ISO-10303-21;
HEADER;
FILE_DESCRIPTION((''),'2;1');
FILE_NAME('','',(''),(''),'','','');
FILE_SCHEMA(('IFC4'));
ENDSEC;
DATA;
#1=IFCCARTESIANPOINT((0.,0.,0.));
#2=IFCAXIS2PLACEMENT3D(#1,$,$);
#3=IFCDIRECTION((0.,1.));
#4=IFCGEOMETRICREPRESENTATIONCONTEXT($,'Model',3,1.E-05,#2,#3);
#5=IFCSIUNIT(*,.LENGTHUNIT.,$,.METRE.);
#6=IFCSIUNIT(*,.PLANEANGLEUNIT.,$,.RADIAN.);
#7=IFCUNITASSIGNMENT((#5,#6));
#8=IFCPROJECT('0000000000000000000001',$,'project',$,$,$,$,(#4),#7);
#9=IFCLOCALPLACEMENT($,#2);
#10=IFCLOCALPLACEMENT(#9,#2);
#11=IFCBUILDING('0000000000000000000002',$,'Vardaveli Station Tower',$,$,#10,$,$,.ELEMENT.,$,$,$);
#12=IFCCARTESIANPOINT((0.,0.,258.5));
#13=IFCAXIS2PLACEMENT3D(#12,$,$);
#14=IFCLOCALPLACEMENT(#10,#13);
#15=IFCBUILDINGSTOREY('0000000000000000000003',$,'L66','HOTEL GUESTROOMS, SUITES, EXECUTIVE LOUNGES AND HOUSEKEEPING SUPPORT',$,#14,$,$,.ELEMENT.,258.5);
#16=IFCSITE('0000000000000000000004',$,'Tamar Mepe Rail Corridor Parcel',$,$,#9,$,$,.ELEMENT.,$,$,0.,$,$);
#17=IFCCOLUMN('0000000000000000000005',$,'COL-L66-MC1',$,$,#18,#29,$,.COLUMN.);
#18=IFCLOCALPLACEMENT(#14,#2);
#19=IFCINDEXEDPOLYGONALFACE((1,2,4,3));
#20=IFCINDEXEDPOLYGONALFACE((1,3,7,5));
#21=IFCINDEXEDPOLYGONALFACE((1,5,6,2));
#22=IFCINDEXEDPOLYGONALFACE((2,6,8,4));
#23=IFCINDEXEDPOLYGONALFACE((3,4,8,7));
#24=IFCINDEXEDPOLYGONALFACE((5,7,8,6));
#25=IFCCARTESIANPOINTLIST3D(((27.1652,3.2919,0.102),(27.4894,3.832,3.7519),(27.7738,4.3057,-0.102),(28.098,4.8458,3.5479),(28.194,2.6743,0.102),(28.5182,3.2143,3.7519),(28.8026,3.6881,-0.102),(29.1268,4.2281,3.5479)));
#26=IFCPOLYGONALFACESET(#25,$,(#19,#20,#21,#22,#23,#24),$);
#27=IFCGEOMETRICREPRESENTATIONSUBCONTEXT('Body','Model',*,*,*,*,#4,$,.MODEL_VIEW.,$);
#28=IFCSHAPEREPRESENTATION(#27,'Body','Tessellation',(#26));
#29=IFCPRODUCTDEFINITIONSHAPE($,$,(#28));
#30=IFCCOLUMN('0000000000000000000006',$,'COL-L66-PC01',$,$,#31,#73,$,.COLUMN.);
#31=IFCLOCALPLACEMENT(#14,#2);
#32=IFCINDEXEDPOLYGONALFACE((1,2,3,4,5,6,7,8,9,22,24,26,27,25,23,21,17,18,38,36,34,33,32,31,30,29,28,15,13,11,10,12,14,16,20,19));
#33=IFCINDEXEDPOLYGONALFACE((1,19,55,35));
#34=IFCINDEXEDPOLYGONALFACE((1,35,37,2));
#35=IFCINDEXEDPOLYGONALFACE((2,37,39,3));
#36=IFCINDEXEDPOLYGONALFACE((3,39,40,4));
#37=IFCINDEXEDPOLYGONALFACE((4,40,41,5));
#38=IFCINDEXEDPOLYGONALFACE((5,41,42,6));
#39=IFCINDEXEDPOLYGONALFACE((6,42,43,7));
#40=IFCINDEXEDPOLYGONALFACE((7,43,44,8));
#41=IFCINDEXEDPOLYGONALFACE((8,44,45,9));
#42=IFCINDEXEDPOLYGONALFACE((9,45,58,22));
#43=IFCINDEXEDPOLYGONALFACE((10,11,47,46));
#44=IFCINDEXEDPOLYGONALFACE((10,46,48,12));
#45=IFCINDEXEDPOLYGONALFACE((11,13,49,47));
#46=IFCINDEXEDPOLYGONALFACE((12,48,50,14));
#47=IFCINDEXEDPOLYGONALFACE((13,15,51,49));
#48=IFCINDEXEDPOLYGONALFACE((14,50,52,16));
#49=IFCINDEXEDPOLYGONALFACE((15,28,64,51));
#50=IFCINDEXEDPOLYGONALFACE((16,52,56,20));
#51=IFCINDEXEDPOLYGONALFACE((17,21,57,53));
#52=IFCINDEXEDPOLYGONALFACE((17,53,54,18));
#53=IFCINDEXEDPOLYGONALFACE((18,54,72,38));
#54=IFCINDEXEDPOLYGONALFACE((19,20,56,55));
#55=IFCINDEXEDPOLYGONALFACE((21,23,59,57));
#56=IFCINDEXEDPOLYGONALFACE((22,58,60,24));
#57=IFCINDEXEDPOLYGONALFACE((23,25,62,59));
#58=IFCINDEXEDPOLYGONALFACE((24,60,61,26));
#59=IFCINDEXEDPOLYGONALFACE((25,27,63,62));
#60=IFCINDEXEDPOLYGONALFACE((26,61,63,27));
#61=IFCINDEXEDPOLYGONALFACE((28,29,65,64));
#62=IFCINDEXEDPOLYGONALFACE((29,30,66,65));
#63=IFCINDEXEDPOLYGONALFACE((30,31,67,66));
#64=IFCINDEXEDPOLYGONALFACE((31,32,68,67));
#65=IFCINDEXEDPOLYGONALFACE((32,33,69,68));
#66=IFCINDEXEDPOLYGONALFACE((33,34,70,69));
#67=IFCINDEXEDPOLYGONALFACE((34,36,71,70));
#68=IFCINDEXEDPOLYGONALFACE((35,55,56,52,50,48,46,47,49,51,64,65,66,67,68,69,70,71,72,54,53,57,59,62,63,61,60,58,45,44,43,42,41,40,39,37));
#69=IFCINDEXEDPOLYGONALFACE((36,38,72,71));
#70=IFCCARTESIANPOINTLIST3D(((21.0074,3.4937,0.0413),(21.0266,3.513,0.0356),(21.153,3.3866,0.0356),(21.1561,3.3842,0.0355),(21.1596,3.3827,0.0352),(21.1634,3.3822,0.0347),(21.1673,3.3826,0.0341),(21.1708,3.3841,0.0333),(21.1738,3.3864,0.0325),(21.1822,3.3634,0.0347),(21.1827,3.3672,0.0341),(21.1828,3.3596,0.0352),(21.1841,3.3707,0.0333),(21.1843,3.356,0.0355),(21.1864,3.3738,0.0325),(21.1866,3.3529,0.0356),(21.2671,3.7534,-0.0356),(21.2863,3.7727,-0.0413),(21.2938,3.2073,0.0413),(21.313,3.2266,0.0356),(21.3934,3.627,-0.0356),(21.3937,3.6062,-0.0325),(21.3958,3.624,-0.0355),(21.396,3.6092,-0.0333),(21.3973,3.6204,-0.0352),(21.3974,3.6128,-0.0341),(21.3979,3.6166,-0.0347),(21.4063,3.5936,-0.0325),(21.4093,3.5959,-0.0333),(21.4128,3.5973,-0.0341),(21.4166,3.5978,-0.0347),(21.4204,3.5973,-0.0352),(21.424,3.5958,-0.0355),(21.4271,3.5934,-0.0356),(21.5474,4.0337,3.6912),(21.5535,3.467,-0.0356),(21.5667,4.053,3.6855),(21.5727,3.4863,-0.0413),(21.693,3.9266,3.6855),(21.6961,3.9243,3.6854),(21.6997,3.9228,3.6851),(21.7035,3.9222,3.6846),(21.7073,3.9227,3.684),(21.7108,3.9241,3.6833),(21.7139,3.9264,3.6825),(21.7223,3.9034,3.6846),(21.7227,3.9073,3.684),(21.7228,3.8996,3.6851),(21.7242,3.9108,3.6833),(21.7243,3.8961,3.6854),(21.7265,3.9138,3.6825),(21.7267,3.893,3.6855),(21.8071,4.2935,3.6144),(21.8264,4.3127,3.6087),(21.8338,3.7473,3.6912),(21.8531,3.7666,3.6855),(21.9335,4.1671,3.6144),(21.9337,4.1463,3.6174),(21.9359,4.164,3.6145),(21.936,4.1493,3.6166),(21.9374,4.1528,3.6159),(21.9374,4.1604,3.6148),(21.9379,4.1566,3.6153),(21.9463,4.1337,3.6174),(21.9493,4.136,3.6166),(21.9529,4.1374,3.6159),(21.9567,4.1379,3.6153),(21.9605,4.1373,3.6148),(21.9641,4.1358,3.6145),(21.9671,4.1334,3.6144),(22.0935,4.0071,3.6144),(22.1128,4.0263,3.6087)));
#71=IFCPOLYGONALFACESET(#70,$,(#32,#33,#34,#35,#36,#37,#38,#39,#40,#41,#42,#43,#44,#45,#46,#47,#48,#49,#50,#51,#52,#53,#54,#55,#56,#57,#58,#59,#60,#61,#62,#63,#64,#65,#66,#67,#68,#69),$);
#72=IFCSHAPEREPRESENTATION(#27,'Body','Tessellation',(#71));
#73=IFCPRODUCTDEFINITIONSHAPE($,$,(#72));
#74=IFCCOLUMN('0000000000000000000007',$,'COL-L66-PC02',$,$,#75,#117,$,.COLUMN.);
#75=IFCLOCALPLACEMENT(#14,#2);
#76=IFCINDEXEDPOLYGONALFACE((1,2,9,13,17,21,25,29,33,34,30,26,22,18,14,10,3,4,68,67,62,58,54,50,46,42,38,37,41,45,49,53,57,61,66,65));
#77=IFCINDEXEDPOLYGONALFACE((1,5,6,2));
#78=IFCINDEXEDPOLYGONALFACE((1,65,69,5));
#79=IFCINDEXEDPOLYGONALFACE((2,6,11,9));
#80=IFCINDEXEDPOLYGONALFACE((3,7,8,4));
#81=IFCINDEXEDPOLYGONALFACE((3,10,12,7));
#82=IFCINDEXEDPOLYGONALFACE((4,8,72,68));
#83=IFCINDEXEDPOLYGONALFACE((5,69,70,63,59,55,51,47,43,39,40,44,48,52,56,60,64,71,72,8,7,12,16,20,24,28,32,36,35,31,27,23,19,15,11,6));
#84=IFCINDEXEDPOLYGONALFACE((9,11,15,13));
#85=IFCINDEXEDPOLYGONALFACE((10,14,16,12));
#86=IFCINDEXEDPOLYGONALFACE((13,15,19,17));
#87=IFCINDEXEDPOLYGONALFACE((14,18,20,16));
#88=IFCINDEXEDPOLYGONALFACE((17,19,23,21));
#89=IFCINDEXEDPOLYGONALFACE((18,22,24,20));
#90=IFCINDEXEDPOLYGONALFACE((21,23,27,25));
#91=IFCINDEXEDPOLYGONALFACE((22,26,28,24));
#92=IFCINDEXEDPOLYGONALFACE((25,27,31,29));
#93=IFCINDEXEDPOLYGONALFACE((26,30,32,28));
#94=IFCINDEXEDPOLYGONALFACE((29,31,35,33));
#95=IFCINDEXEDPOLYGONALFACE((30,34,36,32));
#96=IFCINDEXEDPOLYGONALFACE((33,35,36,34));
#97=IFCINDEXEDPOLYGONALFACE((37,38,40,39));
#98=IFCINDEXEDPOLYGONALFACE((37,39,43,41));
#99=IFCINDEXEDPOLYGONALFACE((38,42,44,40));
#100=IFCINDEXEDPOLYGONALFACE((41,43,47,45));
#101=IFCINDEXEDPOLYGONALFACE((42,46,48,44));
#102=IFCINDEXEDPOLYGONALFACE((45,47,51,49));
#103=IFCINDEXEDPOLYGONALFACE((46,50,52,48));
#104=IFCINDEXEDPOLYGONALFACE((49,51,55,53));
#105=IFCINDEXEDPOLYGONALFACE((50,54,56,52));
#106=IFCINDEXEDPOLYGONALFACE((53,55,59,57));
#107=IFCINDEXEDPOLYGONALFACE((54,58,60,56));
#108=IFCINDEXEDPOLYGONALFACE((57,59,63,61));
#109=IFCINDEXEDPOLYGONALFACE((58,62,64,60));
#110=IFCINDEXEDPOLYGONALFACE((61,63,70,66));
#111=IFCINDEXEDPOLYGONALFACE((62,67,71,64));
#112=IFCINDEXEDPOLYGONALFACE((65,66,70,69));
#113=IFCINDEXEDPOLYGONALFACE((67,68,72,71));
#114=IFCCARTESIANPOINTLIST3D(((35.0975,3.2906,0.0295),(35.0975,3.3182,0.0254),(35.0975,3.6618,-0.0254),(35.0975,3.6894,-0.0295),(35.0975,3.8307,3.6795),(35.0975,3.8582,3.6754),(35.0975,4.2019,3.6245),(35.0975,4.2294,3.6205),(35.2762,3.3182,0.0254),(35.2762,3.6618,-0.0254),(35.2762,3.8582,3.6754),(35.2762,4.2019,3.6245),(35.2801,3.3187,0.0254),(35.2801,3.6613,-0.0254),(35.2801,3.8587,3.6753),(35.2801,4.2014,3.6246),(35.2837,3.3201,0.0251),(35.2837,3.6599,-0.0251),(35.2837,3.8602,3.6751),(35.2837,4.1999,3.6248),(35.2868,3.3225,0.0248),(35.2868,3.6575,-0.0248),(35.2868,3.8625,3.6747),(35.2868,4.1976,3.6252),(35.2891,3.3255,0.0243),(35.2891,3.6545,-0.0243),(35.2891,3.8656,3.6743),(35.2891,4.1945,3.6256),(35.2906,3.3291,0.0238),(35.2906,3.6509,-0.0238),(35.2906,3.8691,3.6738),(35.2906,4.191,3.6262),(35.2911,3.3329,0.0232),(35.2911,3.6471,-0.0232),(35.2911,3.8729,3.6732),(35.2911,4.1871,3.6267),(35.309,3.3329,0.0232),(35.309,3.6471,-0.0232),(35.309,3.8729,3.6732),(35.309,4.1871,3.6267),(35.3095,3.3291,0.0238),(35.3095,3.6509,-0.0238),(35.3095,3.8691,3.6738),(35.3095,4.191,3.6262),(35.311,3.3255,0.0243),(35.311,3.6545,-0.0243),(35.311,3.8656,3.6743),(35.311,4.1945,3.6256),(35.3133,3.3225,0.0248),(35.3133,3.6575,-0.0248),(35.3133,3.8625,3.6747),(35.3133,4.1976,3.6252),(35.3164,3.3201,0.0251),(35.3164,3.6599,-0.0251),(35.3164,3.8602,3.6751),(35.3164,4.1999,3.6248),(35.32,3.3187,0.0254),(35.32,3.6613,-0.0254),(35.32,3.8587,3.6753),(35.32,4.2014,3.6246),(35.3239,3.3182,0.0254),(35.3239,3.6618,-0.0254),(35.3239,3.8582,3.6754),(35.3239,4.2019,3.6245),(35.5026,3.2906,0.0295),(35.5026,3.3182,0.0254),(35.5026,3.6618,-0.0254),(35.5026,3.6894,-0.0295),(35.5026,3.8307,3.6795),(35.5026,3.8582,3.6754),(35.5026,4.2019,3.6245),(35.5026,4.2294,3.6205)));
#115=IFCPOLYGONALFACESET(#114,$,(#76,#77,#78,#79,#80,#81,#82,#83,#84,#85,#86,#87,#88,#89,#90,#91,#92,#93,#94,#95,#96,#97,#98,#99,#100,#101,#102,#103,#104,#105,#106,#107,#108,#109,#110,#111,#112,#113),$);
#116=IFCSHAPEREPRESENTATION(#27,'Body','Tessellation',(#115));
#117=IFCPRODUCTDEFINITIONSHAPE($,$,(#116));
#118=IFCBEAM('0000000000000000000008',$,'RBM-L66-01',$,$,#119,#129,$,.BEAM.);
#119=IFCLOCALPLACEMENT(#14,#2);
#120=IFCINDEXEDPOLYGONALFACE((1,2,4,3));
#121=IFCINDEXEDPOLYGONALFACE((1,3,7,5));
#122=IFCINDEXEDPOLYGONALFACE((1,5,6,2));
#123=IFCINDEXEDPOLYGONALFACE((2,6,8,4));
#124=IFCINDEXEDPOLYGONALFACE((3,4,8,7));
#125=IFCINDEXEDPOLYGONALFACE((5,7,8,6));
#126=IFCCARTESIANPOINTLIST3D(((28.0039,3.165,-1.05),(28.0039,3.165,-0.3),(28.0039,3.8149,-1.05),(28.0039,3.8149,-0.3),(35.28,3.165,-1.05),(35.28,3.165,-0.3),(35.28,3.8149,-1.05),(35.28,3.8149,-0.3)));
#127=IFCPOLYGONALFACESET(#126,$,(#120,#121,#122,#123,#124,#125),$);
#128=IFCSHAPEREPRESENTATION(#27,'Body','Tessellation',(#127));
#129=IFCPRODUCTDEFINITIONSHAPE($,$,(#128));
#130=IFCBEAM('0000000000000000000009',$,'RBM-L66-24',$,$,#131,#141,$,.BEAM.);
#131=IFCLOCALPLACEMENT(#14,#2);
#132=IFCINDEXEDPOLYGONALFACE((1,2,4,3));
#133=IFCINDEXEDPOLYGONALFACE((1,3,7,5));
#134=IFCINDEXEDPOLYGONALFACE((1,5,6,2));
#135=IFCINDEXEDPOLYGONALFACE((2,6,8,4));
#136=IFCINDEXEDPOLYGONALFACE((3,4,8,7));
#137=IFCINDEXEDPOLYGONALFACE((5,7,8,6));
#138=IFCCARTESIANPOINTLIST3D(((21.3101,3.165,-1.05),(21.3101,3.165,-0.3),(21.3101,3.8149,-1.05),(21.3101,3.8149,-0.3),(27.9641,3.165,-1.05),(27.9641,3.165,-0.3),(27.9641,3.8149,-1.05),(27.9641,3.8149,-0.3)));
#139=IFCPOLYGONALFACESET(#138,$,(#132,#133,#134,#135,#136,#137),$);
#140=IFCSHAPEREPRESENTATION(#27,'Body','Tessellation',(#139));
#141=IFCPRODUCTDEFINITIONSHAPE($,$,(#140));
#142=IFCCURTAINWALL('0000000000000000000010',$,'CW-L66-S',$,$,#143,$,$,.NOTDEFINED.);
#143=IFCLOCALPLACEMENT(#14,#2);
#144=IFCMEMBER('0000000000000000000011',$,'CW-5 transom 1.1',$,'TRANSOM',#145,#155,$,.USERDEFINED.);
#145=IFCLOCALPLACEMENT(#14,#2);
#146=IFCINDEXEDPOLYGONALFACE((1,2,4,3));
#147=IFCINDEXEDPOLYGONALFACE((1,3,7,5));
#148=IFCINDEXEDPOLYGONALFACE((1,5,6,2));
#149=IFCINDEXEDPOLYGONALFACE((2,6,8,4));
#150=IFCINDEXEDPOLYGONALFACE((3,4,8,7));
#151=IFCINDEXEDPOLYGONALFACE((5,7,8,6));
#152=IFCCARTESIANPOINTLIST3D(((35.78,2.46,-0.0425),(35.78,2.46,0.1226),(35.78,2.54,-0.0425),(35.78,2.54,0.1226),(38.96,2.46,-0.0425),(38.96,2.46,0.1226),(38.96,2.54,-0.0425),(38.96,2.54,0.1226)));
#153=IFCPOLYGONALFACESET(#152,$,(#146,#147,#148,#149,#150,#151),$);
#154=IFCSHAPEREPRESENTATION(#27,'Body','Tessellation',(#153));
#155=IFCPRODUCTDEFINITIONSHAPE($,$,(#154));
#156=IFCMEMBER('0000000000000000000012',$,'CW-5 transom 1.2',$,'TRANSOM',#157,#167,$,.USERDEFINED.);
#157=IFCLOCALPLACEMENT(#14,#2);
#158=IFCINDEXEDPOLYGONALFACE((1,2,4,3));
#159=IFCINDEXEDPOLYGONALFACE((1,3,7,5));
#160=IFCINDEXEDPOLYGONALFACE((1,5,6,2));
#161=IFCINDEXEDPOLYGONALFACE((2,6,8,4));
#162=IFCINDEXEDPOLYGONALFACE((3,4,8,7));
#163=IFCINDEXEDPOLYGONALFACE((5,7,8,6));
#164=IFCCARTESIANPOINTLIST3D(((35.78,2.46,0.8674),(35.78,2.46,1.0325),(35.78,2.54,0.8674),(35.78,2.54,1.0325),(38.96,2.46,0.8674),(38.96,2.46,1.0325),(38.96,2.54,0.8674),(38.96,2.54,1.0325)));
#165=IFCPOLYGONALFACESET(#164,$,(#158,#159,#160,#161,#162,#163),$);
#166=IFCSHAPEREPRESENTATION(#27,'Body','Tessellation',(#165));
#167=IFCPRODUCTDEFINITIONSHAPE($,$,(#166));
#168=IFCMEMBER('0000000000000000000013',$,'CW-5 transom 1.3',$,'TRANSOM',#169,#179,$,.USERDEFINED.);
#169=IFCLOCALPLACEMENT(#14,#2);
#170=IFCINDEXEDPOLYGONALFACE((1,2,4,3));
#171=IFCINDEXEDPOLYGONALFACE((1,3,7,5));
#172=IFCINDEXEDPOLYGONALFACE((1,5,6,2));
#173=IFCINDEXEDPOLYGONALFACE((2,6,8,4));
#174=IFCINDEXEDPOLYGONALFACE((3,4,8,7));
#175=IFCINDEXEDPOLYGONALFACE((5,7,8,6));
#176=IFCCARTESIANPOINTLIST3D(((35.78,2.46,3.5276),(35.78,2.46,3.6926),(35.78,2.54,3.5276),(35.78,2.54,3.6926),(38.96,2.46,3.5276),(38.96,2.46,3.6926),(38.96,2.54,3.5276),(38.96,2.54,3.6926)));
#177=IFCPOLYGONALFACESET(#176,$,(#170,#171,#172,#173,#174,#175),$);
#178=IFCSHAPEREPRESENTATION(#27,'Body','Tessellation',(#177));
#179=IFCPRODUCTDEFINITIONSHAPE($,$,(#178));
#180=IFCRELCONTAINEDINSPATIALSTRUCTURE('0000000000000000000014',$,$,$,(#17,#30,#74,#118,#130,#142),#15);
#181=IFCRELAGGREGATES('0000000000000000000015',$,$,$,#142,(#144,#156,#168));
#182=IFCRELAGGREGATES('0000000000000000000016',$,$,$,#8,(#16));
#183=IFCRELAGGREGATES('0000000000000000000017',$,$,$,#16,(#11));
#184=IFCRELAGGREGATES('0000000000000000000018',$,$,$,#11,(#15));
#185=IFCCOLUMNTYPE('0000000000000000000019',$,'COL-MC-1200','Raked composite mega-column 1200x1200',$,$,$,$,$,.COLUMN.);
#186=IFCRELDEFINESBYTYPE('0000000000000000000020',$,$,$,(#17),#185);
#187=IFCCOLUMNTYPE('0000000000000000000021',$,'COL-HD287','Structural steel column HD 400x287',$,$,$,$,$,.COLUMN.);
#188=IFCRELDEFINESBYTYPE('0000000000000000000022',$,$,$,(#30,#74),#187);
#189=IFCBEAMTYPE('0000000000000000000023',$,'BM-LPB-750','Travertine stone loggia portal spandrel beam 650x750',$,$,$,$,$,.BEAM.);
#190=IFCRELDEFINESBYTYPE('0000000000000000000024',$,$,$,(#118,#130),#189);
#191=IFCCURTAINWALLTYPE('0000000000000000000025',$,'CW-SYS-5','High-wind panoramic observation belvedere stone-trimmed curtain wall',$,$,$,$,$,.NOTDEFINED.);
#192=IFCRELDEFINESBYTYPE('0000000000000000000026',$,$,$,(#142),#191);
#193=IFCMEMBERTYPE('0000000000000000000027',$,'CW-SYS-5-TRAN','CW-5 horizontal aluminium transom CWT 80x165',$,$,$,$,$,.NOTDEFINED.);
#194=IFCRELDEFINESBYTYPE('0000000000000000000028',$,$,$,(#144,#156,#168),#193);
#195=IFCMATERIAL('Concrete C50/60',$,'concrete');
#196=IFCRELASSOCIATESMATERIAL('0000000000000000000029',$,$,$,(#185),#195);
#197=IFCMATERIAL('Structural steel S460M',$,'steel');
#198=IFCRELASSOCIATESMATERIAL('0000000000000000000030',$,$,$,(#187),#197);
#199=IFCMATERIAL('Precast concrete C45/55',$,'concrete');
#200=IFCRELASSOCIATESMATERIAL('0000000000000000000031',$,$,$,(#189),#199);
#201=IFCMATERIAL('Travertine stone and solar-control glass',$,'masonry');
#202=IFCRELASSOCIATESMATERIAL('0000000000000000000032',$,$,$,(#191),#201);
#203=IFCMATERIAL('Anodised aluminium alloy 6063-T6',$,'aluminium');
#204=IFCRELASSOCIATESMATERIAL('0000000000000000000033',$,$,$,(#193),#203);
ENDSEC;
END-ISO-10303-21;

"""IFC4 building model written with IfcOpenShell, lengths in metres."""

from ifc_helpers import new_model, si_unit, direction, frame, origin, origin_2d, place, context, subcontext, project, spatial, rectangle, i_section, extrude, source, transform, mapped, material, material_profile, profile_set, type_object, element, aggregate, save


model = new_model("IFC4")

# Units and contexts
model_context = context("Model", 3, precision=1e-05, world=origin(), true_north=direction((0.0, 1.0)))
body_context = subcontext(model_context, "Body", "Model", "MODEL_VIEW")
ifc_project = project(units=[si_unit("LENGTHUNIT", "METRE"), si_unit("PLANEANGLEUNIT", "RADIAN")], contexts=[model_context])

# Site, building, storey
site_placement = place(None, origin())
site = spatial("IfcSite", under=ifc_project, at=site_placement, Name="Tamar Mepe Rail Corridor Parcel", CompositionType="ELEMENT", RefElevation=0.0)
building_placement = place(site_placement, origin())
building = spatial("IfcBuilding", under=site, at=building_placement, Name="Vardaveli Station Tower", CompositionType="ELEMENT")
storey_placement = place(building_placement, frame((0.0, 0.0, 258.5)))
storey = spatial("IfcBuildingStorey", under=building, at=storey_placement, Name="L66", Description="HOTEL GUESTROOMS, SUITES, EXECUTIVE LOUNGES AND HOUSEKEEPING SUPPORT", CompositionType="ELEMENT", Elevation=258.5)

# Columns
ifc_material_1 = material(Name="Concrete C50/60", Category="concrete")
ifc_material_profile_1 = material_profile(ifc_material_1, rectangle(XDim=1.2, YDim=1.2, at=origin_2d()), Name="MC 1200x1200")
ifc_profile_set_1 = profile_set([ifc_material_profile_1], Name="Concrete C50/60")
column_type_1 = type_object("IfcColumnType", Name="COL-MC-1200", Description="Raked composite mega-column 1200x1200", PredefinedType="COLUMN", material=ifc_profile_set_1)
shared_shape_1 = source(origin(), body_context, "Body", "SweptSolid", [
    extrude(rectangle(XDim=1.2, YDim=1.2, at=origin_2d()), origin(), (0.0, 0.0, 1.0), 3.7039),
])
column_1_placement = place(storey_placement, frame((27.9839, 3.49, 0.0), z_axis=(0.087535, 0.145805, 0.985433), x_axis=(-0.857356, 0.514724, 0.0)))
element("IfcColumn", 1, at=column_1_placement, inside=storey, type_object=column_type_1, Name="COL-L66-MC1", PredefinedType="COLUMN", context=body_context, shape_type="MappedRepresentation", body=[
    mapped(shared_shape_1, transform((0.0, 0.0, 0.0), scale=1.0)),
])
ifc_material_2 = material(Name="Structural steel S460M", Category="steel")
ifc_material_profile_2 = material_profile(ifc_material_2, i_section(OverallWidth=0.405, OverallDepth=0.4031, WebThickness=0.0178, FlangeThickness=0.0278, FilletRadius=0.0149, at=origin_2d()), Name="HD 400x287")
ifc_profile_set_2 = profile_set([ifc_material_profile_2], Name="Structural steel S460M")
column_type_2 = type_object("IfcColumnType", Name="COL-HD287", Description="Structural steel column HD 400x287", PredefinedType="COLUMN", material=ifc_profile_set_2)
shared_shape_2 = source(origin(), body_context, "Body", "SweptSolid", [
    extrude(i_section(OverallWidth=0.405, OverallDepth=0.4031, WebThickness=0.0178, FlangeThickness=0.0278, FilletRadius=0.0149, at=origin_2d()), origin(), (0.0, 0.0, 1.0), 3.729),
])
column_2_placement = place(storey_placement, frame((21.29, 3.49, 0.0), z_axis=(0.144823, 0.144823, 0.978802), x_axis=(-0.707107, 0.707107, 0.0)))
element("IfcColumn", 2, at=column_2_placement, inside=storey, type_object=column_type_2, Name="COL-L66-PC01", PredefinedType="COLUMN", context=body_context, shape_type="MappedRepresentation", body=[
    mapped(shared_shape_2, transform((0.0, 0.0, 0.0), scale=1.0)),
])
shared_shape_3 = source(origin(), body_context, "Body", "SweptSolid", [
    extrude(i_section(OverallWidth=0.405, OverallDepth=0.4031, WebThickness=0.0178, FlangeThickness=0.0278, FilletRadius=0.0149, at=origin_2d()), origin(), (0.0, 0.0, 1.0), 3.6897),
])
column_3_placement = place(storey_placement, frame((35.3, 3.49, 0.0), z_axis=(0.0, 0.146366, 0.98923), x_axis=(-1.0, 0.0, 0.0)))
element("IfcColumn", 3, at=column_3_placement, inside=storey, type_object=column_type_2, Name="COL-L66-PC02", PredefinedType="COLUMN", context=body_context, shape_type="MappedRepresentation", body=[
    mapped(shared_shape_3, transform((0.0, 0.0, 0.0), scale=1.0)),
])

# Beams
ifc_material_3 = material(Name="Precast concrete C45/55", Category="concrete")
ifc_material_profile_3 = material_profile(ifc_material_3, rectangle(XDim=0.6499, YDim=0.75, at=origin_2d()), Name="LPB 650x750")
ifc_profile_set_3 = profile_set([ifc_material_profile_3], Name="Precast concrete C45/55")
beam_type = type_object("IfcBeamType", Name="BM-LPB-750", Description="Travertine stone loggia portal spandrel beam 650x750", PredefinedType="BEAM", material=ifc_profile_set_3)
shared_shape_4 = source(origin(), body_context, "Body", "SweptSolid", [
    extrude(rectangle(XDim=0.6499, YDim=0.75, at=origin_2d()), origin(), (0.0, 0.0, 1.0), 7.2761),
])
beam_1_placement = place(storey_placement, frame((28.0039, 3.49, -0.675), z_axis=(1.0, 0.0, 0.0), x_axis=(0.0, 1.0, 0.0)))
element("IfcBeam", 4, at=beam_1_placement, inside=storey, type_object=beam_type, Name="RBM-L66-01", PredefinedType="BEAM", context=body_context, shape_type="MappedRepresentation", body=[
    mapped(shared_shape_4, transform((0.0, 0.0, 0.0), scale=1.0)),
])
shared_shape_5 = source(origin(), body_context, "Body", "SweptSolid", [
    extrude(rectangle(XDim=0.6499, YDim=0.75, at=origin_2d()), origin(), (0.0, 0.0, 1.0), 6.6541),
])
beam_2_placement = place(storey_placement, frame((21.3101, 3.49, -0.675), z_axis=(1.0, 0.0, 0.0), x_axis=(0.0, 1.0, 0.0)))
element("IfcBeam", 5, at=beam_2_placement, inside=storey, type_object=beam_type, Name="RBM-L66-24", PredefinedType="BEAM", context=body_context, shape_type="MappedRepresentation", body=[
    mapped(shared_shape_5, transform((0.0, 0.0, 0.0), scale=1.0)),
])

# Curtain wall, members
ifc_material_4 = material(Name="Travertine stone and solar-control glass", Category="masonry")
curtain_wall_type = type_object("IfcCurtainWallType", Name="CW-SYS-5", Description="High-wind panoramic observation belvedere stone-trimmed curtain wall", PredefinedType="NOTDEFINED", material=ifc_material_4)
curtain_wall_placement = place(storey_placement, origin())
curtain_wall = element("IfcCurtainWall", 6, at=curtain_wall_placement, inside=storey, type_object=curtain_wall_type, Name="CW-L66-S", PredefinedType="NOTDEFINED")
ifc_material_5 = material(Name="Anodised aluminium alloy 6063-T6", Category="aluminium")
ifc_material_profile_4 = material_profile(ifc_material_5, rectangle(XDim=0.0801, YDim=0.165, at=origin_2d()), Name="CWT 80x165")
ifc_profile_set_4 = profile_set([ifc_material_profile_4], Name="Anodised aluminium alloy 6063-T6")
member_type_1 = type_object("IfcMemberType", Name="CW-SYS-5-TRAN", Description="CW-5 horizontal aluminium transom CWT 80x165", PredefinedType="NOTDEFINED", material=ifc_profile_set_4)
shared_shape_6 = source(origin(), body_context, "Body", "SweptSolid", [
    extrude(rectangle(XDim=0.0801, YDim=0.165, at=origin_2d()), origin(), (0.0, 0.0, 1.0), 3.1799),
])
member_1_placement = place(storey_placement, frame((35.78, 2.5, 0.04), z_axis=(1.0, 0.0, 0.0), x_axis=(0.0, 1.0, 0.0)))
member_1 = element("IfcMember", 7, at=member_1_placement, type_object=member_type_1, Name="CW-5 transom 1.1", ObjectType="TRANSOM", PredefinedType="USERDEFINED", context=body_context, shape_type="MappedRepresentation", body=[
    mapped(shared_shape_6, transform((0.0, 0.0, 0.0), scale=1.0)),
])
member_2_placement = place(storey_placement, frame((35.78, 2.5, 0.95), z_axis=(1.0, 0.0, 0.0), x_axis=(0.0, 1.0, 0.0)))
member_2 = element("IfcMember", 8, at=member_2_placement, type_object=member_type_1, Name="CW-5 transom 1.2", ObjectType="TRANSOM", PredefinedType="USERDEFINED", context=body_context, shape_type="MappedRepresentation", body=[
    mapped(shared_shape_6, transform((0.0, 0.0, 0.0), scale=1.0)),
])
member_3_placement = place(storey_placement, frame((35.78, 2.5, 3.6101), z_axis=(1.0, 0.0, 0.0), x_axis=(0.0, 1.0, 0.0)))
member_3 = element("IfcMember", 9, at=member_3_placement, type_object=member_type_1, Name="CW-5 transom 1.3", ObjectType="TRANSOM", PredefinedType="USERDEFINED", context=body_context, shape_type="MappedRepresentation", body=[
    mapped(shared_shape_6, transform((0.0, 0.0, 0.0), scale=1.0)),
])

aggregate(curtain_wall, [member_1, member_2, member_3])

save(model, "model.ifc")
